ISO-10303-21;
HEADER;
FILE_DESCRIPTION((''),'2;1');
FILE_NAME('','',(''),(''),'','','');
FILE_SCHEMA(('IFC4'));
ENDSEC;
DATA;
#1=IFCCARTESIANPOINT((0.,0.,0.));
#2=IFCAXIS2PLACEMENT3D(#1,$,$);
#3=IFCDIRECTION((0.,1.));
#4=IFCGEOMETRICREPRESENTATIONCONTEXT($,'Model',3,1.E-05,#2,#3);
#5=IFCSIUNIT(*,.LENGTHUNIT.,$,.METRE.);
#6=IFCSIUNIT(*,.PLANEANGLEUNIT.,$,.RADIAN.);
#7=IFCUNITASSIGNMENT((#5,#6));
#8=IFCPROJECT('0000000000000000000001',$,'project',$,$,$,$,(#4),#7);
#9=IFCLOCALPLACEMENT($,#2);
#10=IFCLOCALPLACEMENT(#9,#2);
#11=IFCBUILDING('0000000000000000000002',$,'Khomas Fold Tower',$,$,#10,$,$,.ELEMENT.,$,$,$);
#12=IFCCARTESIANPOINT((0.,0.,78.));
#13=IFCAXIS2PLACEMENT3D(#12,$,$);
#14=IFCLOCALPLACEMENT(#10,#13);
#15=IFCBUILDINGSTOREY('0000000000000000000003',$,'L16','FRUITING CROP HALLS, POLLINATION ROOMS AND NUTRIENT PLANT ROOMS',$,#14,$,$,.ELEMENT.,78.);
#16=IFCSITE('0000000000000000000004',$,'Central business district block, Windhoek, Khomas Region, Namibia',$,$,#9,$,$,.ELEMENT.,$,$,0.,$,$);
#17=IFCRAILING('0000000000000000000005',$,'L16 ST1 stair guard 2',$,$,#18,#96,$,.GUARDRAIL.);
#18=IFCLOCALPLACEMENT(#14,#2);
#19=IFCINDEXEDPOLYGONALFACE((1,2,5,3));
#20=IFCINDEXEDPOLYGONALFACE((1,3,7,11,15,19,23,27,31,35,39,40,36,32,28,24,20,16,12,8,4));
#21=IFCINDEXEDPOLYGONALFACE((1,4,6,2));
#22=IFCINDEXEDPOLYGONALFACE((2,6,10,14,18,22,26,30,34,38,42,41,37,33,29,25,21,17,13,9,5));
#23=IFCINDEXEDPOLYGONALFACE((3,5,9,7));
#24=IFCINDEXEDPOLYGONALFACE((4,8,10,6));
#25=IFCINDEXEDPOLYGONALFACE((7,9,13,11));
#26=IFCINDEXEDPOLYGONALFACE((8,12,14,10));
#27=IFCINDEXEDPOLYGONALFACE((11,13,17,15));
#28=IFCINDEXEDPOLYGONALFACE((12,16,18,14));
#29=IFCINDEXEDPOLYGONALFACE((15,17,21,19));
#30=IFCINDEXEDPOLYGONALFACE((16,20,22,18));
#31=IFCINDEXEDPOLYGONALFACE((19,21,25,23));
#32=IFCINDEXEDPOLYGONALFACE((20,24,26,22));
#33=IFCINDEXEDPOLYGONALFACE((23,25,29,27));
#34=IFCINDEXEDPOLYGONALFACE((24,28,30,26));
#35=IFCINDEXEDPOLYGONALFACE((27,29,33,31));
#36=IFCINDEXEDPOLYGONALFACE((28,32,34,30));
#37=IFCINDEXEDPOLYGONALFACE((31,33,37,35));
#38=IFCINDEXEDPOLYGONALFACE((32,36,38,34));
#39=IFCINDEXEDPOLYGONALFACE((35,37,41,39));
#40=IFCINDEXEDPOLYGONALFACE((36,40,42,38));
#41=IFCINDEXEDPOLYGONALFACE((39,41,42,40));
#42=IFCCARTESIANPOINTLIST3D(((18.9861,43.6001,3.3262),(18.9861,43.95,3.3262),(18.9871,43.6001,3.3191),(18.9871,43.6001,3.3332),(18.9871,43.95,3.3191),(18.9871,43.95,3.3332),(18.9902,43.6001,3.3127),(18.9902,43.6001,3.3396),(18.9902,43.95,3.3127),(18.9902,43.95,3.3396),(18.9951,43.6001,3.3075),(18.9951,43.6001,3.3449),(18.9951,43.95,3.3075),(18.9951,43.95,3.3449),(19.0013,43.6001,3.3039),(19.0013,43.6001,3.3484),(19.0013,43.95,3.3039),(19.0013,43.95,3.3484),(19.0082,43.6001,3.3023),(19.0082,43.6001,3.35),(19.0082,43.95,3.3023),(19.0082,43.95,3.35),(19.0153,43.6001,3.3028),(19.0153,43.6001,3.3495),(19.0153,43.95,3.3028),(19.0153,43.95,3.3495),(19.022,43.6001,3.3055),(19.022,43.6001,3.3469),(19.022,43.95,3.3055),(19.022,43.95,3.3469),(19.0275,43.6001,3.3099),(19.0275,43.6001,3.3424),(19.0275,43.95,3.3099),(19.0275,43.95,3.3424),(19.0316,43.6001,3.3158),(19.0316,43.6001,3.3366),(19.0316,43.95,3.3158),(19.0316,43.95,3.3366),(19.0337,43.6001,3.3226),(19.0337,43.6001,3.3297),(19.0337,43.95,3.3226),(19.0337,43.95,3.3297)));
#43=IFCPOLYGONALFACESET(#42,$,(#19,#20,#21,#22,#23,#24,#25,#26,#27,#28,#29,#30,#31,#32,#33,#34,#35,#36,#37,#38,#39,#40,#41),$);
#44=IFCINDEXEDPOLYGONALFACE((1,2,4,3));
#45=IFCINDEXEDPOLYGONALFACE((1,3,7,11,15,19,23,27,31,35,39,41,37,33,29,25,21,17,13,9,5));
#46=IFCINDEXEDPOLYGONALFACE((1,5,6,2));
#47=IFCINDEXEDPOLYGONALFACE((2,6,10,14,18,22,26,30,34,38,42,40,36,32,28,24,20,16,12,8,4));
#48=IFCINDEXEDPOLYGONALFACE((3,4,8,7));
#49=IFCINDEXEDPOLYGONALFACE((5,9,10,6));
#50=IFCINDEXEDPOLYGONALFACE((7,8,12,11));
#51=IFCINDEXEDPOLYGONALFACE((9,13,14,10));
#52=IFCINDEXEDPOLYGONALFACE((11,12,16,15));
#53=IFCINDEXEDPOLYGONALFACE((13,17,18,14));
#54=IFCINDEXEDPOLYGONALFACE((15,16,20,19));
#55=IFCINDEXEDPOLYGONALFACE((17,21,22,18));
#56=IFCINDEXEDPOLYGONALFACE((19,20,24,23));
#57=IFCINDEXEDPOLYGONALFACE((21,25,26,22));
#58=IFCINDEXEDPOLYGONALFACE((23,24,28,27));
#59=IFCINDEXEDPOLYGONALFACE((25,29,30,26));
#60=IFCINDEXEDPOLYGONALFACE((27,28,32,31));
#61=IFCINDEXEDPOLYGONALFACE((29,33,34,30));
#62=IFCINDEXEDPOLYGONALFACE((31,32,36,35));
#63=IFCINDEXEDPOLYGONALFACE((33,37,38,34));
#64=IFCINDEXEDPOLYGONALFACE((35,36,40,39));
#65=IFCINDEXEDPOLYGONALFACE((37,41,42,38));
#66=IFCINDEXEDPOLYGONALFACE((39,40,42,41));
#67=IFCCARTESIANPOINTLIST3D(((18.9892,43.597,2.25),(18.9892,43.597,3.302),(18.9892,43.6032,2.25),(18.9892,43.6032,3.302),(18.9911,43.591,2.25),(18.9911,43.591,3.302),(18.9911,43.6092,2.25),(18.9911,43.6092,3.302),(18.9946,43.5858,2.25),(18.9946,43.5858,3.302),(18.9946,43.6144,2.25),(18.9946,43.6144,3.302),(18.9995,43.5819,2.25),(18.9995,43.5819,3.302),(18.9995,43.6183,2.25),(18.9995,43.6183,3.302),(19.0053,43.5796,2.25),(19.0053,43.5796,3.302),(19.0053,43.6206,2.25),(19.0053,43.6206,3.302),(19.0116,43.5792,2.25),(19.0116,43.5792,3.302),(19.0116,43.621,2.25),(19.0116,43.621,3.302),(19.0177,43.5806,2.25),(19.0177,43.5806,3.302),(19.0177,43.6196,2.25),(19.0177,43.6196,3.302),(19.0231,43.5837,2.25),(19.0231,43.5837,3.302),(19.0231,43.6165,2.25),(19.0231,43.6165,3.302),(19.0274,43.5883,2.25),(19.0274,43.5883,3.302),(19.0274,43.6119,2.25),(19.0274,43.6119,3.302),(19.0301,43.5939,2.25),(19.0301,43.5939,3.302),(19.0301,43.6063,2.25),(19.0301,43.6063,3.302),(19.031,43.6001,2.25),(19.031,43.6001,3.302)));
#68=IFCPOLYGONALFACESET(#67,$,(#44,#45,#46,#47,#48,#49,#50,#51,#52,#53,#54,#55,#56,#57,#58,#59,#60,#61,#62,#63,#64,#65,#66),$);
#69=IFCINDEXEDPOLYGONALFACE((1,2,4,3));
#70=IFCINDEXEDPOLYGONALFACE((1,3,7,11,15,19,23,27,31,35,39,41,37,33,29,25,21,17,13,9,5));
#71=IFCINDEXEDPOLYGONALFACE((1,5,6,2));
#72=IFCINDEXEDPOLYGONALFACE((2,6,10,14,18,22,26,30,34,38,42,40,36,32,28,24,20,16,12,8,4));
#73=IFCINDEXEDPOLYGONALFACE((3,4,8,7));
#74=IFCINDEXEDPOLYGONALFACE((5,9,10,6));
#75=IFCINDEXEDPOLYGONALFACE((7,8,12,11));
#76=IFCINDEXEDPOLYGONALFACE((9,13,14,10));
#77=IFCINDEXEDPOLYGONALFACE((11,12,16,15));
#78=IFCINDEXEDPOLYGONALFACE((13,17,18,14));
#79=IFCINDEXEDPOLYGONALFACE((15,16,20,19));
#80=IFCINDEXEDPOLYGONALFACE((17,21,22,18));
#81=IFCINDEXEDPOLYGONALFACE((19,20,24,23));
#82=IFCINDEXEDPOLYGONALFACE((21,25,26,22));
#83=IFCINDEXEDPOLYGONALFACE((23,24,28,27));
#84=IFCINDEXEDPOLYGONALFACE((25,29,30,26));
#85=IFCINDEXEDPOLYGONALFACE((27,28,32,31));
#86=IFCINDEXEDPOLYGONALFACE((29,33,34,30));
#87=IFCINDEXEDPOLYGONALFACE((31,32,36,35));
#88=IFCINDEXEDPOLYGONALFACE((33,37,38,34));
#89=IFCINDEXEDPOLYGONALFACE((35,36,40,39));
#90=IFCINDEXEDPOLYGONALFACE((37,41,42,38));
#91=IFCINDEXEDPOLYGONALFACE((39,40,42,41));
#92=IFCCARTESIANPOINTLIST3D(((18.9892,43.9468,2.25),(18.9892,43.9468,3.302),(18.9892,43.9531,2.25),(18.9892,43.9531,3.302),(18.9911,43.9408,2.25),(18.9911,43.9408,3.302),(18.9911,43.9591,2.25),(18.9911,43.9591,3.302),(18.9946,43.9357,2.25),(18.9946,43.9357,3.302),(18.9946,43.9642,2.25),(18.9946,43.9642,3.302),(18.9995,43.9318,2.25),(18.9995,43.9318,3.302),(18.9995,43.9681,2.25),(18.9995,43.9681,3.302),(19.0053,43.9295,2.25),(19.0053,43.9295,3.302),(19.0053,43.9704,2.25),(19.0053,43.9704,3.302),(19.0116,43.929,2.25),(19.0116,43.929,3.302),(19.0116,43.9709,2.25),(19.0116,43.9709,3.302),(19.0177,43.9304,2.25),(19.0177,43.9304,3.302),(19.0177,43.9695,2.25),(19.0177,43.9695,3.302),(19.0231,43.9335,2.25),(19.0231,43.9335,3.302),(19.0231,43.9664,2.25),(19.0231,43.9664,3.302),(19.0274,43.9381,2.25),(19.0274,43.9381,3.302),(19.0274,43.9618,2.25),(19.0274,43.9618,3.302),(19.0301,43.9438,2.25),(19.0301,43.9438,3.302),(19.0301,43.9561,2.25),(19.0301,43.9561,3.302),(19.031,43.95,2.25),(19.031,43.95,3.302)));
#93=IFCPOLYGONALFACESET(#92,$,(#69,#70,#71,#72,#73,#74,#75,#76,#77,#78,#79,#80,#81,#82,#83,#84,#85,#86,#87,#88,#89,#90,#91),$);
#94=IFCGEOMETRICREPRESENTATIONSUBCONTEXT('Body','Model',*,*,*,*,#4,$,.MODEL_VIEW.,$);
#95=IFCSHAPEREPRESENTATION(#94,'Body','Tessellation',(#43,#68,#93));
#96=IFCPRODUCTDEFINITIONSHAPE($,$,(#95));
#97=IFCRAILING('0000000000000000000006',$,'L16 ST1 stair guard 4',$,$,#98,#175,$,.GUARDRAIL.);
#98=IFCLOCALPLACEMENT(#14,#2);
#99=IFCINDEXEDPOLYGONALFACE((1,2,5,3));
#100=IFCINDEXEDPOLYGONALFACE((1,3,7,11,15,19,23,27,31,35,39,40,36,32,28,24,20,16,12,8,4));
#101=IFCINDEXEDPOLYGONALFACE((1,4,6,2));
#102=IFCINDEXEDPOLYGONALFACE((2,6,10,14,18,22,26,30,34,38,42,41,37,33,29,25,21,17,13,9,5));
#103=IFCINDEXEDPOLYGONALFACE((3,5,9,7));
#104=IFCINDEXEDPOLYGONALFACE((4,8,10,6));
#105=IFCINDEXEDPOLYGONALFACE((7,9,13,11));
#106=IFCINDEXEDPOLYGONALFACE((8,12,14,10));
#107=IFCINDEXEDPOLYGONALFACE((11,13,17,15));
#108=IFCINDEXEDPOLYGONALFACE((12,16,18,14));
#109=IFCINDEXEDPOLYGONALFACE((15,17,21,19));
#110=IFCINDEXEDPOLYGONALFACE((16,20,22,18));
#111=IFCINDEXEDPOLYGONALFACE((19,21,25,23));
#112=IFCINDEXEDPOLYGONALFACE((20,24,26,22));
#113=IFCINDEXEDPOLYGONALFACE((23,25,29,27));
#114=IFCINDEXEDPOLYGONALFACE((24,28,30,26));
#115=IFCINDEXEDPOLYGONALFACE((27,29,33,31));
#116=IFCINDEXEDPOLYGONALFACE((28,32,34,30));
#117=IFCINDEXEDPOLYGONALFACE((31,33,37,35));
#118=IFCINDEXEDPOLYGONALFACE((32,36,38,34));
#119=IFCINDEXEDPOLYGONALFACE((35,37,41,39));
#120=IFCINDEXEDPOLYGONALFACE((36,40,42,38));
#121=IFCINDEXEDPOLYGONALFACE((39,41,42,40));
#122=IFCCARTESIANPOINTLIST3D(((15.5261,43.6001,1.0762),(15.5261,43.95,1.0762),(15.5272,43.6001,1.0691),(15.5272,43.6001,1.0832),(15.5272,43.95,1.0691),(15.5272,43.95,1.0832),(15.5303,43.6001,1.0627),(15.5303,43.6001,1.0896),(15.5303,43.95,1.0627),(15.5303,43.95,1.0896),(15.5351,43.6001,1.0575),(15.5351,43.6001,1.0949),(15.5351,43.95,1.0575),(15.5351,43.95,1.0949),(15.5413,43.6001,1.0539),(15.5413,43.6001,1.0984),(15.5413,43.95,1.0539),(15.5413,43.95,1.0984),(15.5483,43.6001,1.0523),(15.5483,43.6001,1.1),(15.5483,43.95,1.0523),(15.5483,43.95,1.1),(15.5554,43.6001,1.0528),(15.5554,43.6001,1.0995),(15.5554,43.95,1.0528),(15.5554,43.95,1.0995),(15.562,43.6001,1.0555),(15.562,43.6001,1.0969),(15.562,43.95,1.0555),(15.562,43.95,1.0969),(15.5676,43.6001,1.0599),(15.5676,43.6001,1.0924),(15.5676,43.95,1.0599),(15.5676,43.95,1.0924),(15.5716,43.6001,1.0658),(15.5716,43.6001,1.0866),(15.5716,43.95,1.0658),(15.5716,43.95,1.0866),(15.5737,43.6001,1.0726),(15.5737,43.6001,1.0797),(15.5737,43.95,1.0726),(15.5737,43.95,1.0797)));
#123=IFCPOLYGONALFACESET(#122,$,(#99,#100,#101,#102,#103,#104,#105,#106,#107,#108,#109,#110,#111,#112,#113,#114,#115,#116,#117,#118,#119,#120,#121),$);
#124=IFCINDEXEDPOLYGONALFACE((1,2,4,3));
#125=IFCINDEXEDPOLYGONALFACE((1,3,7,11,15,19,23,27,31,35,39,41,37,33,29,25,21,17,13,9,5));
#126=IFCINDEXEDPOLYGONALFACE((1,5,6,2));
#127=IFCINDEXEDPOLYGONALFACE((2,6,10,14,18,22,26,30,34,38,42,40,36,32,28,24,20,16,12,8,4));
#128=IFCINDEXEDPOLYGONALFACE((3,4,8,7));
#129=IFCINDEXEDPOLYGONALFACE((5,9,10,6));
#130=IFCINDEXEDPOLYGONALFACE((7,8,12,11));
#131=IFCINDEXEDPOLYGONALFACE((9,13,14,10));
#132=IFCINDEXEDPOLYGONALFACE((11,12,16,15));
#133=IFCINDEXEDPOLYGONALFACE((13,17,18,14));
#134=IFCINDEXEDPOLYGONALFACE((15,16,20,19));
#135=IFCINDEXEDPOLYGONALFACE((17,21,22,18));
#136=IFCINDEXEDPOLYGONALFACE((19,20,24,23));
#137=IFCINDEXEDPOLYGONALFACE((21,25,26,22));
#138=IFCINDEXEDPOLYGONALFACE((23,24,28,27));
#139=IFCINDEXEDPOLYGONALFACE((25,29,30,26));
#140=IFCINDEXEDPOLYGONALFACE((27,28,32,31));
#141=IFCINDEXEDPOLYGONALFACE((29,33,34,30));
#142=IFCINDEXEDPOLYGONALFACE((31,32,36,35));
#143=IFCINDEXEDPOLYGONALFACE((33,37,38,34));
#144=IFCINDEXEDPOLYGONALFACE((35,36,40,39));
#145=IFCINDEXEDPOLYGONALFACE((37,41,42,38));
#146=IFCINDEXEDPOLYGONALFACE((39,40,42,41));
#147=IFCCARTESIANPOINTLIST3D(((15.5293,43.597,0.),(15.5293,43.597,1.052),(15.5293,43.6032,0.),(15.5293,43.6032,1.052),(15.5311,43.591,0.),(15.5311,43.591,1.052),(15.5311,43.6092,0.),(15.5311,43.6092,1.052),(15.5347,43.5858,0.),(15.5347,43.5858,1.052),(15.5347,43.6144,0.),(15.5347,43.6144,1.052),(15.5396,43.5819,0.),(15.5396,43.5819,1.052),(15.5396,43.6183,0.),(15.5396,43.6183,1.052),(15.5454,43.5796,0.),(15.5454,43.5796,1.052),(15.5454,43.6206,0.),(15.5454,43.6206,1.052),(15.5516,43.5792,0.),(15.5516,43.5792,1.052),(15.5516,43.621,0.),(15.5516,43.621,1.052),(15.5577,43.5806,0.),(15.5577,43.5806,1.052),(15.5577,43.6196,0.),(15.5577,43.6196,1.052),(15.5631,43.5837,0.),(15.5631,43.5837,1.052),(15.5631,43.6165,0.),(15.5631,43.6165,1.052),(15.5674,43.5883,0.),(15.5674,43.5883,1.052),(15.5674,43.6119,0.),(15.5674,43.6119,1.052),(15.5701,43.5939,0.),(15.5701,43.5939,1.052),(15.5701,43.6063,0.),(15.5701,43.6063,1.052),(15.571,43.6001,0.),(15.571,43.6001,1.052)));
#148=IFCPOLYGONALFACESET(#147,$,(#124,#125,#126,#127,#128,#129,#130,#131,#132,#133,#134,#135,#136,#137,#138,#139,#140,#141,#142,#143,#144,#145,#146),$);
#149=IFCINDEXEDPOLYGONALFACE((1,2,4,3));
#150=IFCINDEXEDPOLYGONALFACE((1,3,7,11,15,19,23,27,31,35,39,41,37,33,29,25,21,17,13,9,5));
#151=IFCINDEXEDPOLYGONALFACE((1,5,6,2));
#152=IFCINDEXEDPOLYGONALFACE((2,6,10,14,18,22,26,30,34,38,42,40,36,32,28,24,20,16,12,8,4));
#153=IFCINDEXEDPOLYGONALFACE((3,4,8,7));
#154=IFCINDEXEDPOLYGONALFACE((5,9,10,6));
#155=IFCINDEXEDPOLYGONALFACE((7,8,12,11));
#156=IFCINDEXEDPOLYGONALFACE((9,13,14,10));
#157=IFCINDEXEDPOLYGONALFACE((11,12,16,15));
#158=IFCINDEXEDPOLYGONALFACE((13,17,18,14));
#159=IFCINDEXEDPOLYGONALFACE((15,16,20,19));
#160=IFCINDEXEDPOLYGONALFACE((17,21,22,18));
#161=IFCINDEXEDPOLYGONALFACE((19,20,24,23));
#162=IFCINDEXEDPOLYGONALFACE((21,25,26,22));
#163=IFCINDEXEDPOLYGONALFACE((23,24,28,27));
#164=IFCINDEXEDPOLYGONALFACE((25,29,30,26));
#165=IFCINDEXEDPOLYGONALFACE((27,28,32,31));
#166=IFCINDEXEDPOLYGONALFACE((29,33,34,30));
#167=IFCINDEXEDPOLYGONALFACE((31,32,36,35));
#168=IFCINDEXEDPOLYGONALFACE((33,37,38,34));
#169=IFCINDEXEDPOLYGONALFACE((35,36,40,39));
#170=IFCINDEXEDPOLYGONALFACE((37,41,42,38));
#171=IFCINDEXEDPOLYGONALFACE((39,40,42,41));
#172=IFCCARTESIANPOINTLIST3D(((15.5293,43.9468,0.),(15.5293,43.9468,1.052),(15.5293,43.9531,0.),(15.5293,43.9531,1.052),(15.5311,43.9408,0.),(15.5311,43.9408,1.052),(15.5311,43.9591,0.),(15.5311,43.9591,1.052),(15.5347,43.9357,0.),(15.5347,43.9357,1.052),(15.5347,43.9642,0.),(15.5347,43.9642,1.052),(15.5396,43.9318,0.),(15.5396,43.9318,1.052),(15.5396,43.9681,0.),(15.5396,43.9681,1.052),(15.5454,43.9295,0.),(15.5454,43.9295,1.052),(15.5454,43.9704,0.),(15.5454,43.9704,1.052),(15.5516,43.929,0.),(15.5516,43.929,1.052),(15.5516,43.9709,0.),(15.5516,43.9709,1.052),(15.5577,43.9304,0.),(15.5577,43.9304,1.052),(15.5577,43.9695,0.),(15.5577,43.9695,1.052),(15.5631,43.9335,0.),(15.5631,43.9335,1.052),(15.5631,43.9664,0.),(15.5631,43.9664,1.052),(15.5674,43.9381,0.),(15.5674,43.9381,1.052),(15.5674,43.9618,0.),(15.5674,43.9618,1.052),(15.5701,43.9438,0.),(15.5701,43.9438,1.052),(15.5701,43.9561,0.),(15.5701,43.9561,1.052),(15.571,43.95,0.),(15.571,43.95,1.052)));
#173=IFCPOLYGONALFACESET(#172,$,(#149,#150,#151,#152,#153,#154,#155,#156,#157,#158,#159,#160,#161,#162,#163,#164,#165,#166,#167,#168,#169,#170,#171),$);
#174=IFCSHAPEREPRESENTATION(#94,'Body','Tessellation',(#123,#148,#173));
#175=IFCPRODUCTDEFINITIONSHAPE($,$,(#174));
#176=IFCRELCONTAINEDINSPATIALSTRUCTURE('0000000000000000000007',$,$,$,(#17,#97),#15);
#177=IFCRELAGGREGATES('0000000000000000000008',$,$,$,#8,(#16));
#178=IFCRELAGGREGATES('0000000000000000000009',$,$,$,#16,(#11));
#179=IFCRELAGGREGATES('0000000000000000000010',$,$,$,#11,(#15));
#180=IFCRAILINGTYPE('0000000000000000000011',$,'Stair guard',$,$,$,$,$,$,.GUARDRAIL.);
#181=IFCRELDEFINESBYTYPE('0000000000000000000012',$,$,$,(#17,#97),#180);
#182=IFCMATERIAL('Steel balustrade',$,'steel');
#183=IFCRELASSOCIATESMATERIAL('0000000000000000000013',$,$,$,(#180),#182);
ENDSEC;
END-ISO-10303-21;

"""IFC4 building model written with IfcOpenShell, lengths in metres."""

from ifc_helpers import new_model, si_unit, direction, frame, origin, origin_2d, place, context, subcontext, project, spatial, circle, extrude, source, transform, mapped, material, type_object, element, save


model = new_model("IFC4")

# Units and contexts
model_context = context("Model", 3, precision=1e-05, world=origin(), true_north=direction((0.0, 1.0)))
body_context = subcontext(model_context, "Body", "Model", "MODEL_VIEW")
ifc_project = project(units=[si_unit("LENGTHUNIT", "METRE"), si_unit("PLANEANGLEUNIT", "RADIAN")], contexts=[model_context])

# Site, building, storey
site_placement = place(None, origin())
site = spatial("IfcSite", under=ifc_project, at=site_placement, Name="Central business district block, Windhoek, Khomas Region, Namibia", CompositionType="ELEMENT", RefElevation=0.0)
building_placement = place(site_placement, origin())
building = spatial("IfcBuilding", under=site, at=building_placement, Name="Khomas Fold Tower", CompositionType="ELEMENT")
storey_placement = place(building_placement, frame((0.0, 0.0, 78.0)))
storey = spatial("IfcBuildingStorey", under=building, at=storey_placement, Name="L16", Description="FRUITING CROP HALLS, POLLINATION ROOMS AND NUTRIENT PLANT ROOMS", CompositionType="ELEMENT", Elevation=78.0)

# Railings
ifc_material_1 = material(Name="Steel balustrade", Category="steel")
railing_type_1 = type_object("IfcRailingType", Name="Stair guard", PredefinedType="GUARDRAIL", material=ifc_material_1)
shared_shape_1 = source(origin(), body_context, "Body", "SweptSolid", [
    extrude(circle(Radius=0.0239, at=origin_2d()), frame((0.0, 0.0, 1.0762), z_axis=(0.0, 1.0, 0.0), x_axis=(-1.0, 0.0, 0.0)), (0.0, 0.0, 1.0), 0.3499),
    extrude(circle(Radius=0.021, at=origin_2d()), origin(), (0.0, 0.0, 1.0), 1.052),
    extrude(circle(Radius=0.021, at=origin_2d()), frame((0.0, 0.3499, 0.0)), (0.0, 0.0, 1.0), 1.052),
])
for number, where, name in (
    (1, (19.01, 43.6001, 2.25), "L16 ST1 stair guard 2"),
    (2, (15.55, 43.6001, 0.0), "L16 ST1 stair guard 4"),
):
    element("IfcRailing", number, at=place(storey_placement, frame(where)), inside=storey, type_object=railing_type_1, Name=name, PredefinedType="GUARDRAIL", context=body_context, shape_type="MappedRepresentation", body=[
        mapped(shared_shape_1, transform((0.0, 0.0, 0.0))),
    ])

save(model, "model.ifc")
